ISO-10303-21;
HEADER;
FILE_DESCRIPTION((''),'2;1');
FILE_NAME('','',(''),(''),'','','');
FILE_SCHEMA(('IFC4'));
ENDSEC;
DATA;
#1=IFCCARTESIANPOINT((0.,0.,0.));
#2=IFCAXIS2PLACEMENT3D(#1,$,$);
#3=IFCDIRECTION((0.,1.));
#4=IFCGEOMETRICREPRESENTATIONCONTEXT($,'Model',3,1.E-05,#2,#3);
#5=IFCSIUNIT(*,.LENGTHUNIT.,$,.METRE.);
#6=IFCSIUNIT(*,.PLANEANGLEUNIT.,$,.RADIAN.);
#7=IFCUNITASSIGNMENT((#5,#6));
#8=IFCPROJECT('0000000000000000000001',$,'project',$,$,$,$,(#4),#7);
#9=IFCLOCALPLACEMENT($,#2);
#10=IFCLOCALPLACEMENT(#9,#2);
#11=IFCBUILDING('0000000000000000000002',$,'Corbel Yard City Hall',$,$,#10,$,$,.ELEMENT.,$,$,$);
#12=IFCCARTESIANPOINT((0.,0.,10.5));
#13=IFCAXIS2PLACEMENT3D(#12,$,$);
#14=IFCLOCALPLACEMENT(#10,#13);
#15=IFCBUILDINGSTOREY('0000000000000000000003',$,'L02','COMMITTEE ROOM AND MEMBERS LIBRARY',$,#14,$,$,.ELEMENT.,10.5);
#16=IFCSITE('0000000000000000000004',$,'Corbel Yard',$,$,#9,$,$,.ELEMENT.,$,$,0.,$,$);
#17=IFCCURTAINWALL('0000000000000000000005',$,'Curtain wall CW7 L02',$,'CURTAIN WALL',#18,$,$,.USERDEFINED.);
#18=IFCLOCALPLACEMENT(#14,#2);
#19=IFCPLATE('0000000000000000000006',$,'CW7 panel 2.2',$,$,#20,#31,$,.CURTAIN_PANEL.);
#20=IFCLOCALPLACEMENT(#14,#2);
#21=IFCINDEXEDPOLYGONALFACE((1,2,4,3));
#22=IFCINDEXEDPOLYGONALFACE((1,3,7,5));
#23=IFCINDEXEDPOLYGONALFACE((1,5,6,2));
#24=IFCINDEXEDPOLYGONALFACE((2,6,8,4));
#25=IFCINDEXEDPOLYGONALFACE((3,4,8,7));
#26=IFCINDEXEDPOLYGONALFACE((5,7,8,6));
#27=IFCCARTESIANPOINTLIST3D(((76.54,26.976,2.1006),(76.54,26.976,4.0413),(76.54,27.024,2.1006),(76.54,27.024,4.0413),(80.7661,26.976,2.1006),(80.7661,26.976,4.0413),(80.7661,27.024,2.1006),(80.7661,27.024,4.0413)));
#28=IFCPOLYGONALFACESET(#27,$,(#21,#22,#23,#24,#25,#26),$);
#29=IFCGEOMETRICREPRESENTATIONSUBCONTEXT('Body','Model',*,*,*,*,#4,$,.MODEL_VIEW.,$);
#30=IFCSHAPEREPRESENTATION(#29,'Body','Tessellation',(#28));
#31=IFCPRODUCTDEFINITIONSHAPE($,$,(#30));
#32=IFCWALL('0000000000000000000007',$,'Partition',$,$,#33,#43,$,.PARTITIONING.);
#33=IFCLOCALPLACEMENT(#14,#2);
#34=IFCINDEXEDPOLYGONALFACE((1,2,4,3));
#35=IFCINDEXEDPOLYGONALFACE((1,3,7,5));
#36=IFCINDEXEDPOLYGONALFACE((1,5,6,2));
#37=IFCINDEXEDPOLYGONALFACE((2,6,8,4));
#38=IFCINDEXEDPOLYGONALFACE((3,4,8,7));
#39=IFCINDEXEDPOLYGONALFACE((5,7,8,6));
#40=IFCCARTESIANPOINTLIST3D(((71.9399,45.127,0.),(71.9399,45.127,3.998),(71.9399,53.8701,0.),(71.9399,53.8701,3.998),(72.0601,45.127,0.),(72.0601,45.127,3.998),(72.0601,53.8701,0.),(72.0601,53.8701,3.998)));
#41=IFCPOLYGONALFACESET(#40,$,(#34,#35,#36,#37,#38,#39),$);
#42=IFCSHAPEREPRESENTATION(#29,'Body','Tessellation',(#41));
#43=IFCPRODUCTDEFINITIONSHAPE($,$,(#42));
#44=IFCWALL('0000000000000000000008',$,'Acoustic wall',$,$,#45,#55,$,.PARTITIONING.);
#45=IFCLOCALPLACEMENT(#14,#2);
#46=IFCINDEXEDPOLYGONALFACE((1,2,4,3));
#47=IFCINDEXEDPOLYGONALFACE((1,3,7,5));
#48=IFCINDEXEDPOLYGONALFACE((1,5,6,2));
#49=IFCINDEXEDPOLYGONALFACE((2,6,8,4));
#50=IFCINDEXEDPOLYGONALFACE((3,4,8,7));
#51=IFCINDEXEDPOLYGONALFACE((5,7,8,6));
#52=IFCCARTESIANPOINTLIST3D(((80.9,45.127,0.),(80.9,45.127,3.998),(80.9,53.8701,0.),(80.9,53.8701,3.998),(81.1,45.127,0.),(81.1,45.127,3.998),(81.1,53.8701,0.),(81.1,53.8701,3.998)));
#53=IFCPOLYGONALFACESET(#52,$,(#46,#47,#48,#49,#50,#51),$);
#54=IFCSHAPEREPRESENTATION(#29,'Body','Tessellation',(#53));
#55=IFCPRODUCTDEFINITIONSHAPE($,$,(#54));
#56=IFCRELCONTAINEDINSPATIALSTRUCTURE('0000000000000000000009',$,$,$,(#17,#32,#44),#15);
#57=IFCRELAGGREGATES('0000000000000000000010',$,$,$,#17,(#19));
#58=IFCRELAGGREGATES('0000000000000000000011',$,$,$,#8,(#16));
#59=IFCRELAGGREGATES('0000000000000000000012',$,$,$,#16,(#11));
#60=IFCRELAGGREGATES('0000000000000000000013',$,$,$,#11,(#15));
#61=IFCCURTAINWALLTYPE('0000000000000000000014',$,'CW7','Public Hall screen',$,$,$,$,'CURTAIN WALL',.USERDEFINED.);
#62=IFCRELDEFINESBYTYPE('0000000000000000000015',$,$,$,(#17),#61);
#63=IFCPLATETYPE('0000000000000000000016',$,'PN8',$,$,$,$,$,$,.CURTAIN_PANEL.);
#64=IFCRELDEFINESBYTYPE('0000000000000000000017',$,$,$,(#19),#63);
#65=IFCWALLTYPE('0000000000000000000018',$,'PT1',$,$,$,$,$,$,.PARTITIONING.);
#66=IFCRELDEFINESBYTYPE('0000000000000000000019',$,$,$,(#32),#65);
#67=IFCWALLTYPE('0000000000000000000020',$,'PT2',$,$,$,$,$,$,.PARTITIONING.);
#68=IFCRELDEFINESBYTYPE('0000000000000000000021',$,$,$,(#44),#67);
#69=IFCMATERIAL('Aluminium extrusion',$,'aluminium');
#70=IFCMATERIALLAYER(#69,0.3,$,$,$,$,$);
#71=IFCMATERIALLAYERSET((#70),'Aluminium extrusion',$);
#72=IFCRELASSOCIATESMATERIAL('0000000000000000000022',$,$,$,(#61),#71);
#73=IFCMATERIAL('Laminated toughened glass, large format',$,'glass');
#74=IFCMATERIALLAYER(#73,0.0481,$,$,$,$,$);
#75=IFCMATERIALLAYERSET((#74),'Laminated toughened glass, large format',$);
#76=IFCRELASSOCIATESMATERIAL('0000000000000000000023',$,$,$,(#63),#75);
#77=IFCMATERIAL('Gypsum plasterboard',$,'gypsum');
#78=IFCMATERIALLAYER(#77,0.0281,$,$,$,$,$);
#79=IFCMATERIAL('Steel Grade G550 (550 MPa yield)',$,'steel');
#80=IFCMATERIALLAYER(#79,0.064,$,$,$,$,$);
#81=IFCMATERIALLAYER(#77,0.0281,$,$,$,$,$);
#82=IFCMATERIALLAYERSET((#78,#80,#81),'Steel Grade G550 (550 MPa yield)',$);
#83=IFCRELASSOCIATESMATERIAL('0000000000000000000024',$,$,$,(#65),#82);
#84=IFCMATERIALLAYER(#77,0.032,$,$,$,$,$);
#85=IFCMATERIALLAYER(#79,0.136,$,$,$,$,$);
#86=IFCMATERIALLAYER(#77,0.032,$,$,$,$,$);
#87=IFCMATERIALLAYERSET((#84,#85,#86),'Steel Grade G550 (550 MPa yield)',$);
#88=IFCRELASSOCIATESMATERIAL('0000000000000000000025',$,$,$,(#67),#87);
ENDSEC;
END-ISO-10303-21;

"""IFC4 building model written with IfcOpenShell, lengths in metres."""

from ifc_helpers import new_model, si_unit, direction, frame, frame_2d, origin, origin_2d, place, context, subcontext, project, spatial, rectangle, extrude, material, layer, layer_set, type_object, element, aggregate, save


model = new_model("IFC4")

# Units and contexts
model_context = context("Model", 3, precision=1e-05, world=origin(), true_north=direction((0.0, 1.0)))
body_context = subcontext(model_context, "Body", "Model", "MODEL_VIEW")
ifc_project = project(units=[si_unit("LENGTHUNIT", "METRE"), si_unit("PLANEANGLEUNIT", "RADIAN")], contexts=[model_context])

# Site, building, storey
site_placement = place(None, origin())
site = spatial("IfcSite", under=ifc_project, at=site_placement, Name="Corbel Yard", CompositionType="ELEMENT", RefElevation=0.0)
building_placement = place(site_placement, origin())
building = spatial("IfcBuilding", under=site, at=building_placement, Name="Corbel Yard City Hall", CompositionType="ELEMENT")
storey_placement = place(building_placement, frame((0.0, 0.0, 10.5)))
storey = spatial("IfcBuildingStorey", under=building, at=storey_placement, Name="L02", Description="COMMITTEE ROOM AND MEMBERS LIBRARY", CompositionType="ELEMENT", Elevation=10.5)

# Shared definitions
ifc_material_1 = material(Name="Aluminium extrusion", Category="aluminium")

# Curtain wall
ifc_layer_1 = layer(ifc_material_1, 0.3)
ifc_layer_set_1 = layer_set([ifc_layer_1], Name="Aluminium extrusion")
curtain_wall_type_1 = type_object("IfcCurtainWallType", Name="CW7", Description="Public Hall screen", ElementType="CURTAIN WALL", PredefinedType="USERDEFINED", material=ifc_layer_set_1)
curtain_wall_1_placement = place(storey_placement, origin())
curtain_wall_1 = element("IfcCurtainWall", 1, at=curtain_wall_1_placement, inside=storey, type_object=curtain_wall_type_1, Name="Curtain wall CW7 L02", ObjectType="CURTAIN WALL", PredefinedType="USERDEFINED")

# Plate
ifc_material_2 = material(Name="Laminated toughened glass, large format", Category="glass")
ifc_layer_2 = layer(ifc_material_2, 0.0481)
ifc_layer_set_2 = layer_set([ifc_layer_2], Name="Laminated toughened glass, large format")
plate_type_1 = type_object("IfcPlateType", Name="PN8", PredefinedType="CURTAIN_PANEL", material=ifc_layer_set_2)
plate_1_placement = place(storey_placement, frame((78.6531, 27.0, 2.1006), z_axis=(0.0, 0.0, 1.0), x_axis=(1.0, 0.0, 0.0)))
plate_1 = element("IfcPlate", 2, at=plate_1_placement, type_object=plate_type_1, Name="CW7 panel 2.2", PredefinedType="CURTAIN_PANEL", context=body_context, shape_type="SweptSolid", body=[
    extrude(rectangle(XDim=4.2261, YDim=0.0481, at=origin_2d()), origin(), (0.0, 0.0, 1.0), 1.9407),
])
aggregate(curtain_wall_1, [plate_1])

# Walls
ifc_material_3 = material(Name="Gypsum plasterboard", Category="gypsum")
ifc_layer_3 = layer(ifc_material_3, 0.0281)
ifc_material_4 = material(Name="Steel Grade G550 (550 MPa yield)", Category="steel")
ifc_layer_4 = layer(ifc_material_4, 0.064)
ifc_layer_5 = layer(ifc_material_3, 0.0281)
ifc_layer_set_3 = layer_set([ifc_layer_3, ifc_layer_4, ifc_layer_5], Name="Steel Grade G550 (550 MPa yield)")
wall_type_1 = type_object("IfcWallType", Name="PT1", PredefinedType="PARTITIONING", material=ifc_layer_set_3)
wall_1_placement = place(storey_placement, frame((72.0, 45.127, 0.0), z_axis=(0.0, 0.0, 1.0), x_axis=(0.0, 1.0, 0.0)))
element("IfcWall", 3, at=wall_1_placement, inside=storey, type_object=wall_type_1, Name="Partition", PredefinedType="PARTITIONING", context=body_context, shape_type="SweptSolid", body=[
    extrude(rectangle(XDim=8.7432, YDim=0.1201, at=frame_2d((4.3716, 0.0))), origin(), (0.0, 0.0, 1.0), 3.998),
])
ifc_layer_6 = layer(ifc_material_3, 0.032)
ifc_layer_7 = layer(ifc_material_4, 0.136)
ifc_layer_8 = layer(ifc_material_3, 0.032)
ifc_layer_set_4 = layer_set([ifc_layer_6, ifc_layer_7, ifc_layer_8], Name="Steel Grade G550 (550 MPa yield)")
wall_type_2 = type_object("IfcWallType", Name="PT2", PredefinedType="PARTITIONING", material=ifc_layer_set_4)
wall_2_placement = place(storey_placement, frame((81.0, 45.127, 0.0), z_axis=(0.0, 0.0, 1.0), x_axis=(0.0, 1.0, 0.0)))
element("IfcWall", 4, at=wall_2_placement, inside=storey, type_object=wall_type_2, Name="Acoustic wall", PredefinedType="PARTITIONING", context=body_context, shape_type="SweptSolid", body=[
    extrude(rectangle(XDim=8.7432, YDim=0.2, at=frame_2d((4.3716, 0.0))), origin(), (0.0, 0.0, 1.0), 3.998),
])

save(model, "model.ifc")
